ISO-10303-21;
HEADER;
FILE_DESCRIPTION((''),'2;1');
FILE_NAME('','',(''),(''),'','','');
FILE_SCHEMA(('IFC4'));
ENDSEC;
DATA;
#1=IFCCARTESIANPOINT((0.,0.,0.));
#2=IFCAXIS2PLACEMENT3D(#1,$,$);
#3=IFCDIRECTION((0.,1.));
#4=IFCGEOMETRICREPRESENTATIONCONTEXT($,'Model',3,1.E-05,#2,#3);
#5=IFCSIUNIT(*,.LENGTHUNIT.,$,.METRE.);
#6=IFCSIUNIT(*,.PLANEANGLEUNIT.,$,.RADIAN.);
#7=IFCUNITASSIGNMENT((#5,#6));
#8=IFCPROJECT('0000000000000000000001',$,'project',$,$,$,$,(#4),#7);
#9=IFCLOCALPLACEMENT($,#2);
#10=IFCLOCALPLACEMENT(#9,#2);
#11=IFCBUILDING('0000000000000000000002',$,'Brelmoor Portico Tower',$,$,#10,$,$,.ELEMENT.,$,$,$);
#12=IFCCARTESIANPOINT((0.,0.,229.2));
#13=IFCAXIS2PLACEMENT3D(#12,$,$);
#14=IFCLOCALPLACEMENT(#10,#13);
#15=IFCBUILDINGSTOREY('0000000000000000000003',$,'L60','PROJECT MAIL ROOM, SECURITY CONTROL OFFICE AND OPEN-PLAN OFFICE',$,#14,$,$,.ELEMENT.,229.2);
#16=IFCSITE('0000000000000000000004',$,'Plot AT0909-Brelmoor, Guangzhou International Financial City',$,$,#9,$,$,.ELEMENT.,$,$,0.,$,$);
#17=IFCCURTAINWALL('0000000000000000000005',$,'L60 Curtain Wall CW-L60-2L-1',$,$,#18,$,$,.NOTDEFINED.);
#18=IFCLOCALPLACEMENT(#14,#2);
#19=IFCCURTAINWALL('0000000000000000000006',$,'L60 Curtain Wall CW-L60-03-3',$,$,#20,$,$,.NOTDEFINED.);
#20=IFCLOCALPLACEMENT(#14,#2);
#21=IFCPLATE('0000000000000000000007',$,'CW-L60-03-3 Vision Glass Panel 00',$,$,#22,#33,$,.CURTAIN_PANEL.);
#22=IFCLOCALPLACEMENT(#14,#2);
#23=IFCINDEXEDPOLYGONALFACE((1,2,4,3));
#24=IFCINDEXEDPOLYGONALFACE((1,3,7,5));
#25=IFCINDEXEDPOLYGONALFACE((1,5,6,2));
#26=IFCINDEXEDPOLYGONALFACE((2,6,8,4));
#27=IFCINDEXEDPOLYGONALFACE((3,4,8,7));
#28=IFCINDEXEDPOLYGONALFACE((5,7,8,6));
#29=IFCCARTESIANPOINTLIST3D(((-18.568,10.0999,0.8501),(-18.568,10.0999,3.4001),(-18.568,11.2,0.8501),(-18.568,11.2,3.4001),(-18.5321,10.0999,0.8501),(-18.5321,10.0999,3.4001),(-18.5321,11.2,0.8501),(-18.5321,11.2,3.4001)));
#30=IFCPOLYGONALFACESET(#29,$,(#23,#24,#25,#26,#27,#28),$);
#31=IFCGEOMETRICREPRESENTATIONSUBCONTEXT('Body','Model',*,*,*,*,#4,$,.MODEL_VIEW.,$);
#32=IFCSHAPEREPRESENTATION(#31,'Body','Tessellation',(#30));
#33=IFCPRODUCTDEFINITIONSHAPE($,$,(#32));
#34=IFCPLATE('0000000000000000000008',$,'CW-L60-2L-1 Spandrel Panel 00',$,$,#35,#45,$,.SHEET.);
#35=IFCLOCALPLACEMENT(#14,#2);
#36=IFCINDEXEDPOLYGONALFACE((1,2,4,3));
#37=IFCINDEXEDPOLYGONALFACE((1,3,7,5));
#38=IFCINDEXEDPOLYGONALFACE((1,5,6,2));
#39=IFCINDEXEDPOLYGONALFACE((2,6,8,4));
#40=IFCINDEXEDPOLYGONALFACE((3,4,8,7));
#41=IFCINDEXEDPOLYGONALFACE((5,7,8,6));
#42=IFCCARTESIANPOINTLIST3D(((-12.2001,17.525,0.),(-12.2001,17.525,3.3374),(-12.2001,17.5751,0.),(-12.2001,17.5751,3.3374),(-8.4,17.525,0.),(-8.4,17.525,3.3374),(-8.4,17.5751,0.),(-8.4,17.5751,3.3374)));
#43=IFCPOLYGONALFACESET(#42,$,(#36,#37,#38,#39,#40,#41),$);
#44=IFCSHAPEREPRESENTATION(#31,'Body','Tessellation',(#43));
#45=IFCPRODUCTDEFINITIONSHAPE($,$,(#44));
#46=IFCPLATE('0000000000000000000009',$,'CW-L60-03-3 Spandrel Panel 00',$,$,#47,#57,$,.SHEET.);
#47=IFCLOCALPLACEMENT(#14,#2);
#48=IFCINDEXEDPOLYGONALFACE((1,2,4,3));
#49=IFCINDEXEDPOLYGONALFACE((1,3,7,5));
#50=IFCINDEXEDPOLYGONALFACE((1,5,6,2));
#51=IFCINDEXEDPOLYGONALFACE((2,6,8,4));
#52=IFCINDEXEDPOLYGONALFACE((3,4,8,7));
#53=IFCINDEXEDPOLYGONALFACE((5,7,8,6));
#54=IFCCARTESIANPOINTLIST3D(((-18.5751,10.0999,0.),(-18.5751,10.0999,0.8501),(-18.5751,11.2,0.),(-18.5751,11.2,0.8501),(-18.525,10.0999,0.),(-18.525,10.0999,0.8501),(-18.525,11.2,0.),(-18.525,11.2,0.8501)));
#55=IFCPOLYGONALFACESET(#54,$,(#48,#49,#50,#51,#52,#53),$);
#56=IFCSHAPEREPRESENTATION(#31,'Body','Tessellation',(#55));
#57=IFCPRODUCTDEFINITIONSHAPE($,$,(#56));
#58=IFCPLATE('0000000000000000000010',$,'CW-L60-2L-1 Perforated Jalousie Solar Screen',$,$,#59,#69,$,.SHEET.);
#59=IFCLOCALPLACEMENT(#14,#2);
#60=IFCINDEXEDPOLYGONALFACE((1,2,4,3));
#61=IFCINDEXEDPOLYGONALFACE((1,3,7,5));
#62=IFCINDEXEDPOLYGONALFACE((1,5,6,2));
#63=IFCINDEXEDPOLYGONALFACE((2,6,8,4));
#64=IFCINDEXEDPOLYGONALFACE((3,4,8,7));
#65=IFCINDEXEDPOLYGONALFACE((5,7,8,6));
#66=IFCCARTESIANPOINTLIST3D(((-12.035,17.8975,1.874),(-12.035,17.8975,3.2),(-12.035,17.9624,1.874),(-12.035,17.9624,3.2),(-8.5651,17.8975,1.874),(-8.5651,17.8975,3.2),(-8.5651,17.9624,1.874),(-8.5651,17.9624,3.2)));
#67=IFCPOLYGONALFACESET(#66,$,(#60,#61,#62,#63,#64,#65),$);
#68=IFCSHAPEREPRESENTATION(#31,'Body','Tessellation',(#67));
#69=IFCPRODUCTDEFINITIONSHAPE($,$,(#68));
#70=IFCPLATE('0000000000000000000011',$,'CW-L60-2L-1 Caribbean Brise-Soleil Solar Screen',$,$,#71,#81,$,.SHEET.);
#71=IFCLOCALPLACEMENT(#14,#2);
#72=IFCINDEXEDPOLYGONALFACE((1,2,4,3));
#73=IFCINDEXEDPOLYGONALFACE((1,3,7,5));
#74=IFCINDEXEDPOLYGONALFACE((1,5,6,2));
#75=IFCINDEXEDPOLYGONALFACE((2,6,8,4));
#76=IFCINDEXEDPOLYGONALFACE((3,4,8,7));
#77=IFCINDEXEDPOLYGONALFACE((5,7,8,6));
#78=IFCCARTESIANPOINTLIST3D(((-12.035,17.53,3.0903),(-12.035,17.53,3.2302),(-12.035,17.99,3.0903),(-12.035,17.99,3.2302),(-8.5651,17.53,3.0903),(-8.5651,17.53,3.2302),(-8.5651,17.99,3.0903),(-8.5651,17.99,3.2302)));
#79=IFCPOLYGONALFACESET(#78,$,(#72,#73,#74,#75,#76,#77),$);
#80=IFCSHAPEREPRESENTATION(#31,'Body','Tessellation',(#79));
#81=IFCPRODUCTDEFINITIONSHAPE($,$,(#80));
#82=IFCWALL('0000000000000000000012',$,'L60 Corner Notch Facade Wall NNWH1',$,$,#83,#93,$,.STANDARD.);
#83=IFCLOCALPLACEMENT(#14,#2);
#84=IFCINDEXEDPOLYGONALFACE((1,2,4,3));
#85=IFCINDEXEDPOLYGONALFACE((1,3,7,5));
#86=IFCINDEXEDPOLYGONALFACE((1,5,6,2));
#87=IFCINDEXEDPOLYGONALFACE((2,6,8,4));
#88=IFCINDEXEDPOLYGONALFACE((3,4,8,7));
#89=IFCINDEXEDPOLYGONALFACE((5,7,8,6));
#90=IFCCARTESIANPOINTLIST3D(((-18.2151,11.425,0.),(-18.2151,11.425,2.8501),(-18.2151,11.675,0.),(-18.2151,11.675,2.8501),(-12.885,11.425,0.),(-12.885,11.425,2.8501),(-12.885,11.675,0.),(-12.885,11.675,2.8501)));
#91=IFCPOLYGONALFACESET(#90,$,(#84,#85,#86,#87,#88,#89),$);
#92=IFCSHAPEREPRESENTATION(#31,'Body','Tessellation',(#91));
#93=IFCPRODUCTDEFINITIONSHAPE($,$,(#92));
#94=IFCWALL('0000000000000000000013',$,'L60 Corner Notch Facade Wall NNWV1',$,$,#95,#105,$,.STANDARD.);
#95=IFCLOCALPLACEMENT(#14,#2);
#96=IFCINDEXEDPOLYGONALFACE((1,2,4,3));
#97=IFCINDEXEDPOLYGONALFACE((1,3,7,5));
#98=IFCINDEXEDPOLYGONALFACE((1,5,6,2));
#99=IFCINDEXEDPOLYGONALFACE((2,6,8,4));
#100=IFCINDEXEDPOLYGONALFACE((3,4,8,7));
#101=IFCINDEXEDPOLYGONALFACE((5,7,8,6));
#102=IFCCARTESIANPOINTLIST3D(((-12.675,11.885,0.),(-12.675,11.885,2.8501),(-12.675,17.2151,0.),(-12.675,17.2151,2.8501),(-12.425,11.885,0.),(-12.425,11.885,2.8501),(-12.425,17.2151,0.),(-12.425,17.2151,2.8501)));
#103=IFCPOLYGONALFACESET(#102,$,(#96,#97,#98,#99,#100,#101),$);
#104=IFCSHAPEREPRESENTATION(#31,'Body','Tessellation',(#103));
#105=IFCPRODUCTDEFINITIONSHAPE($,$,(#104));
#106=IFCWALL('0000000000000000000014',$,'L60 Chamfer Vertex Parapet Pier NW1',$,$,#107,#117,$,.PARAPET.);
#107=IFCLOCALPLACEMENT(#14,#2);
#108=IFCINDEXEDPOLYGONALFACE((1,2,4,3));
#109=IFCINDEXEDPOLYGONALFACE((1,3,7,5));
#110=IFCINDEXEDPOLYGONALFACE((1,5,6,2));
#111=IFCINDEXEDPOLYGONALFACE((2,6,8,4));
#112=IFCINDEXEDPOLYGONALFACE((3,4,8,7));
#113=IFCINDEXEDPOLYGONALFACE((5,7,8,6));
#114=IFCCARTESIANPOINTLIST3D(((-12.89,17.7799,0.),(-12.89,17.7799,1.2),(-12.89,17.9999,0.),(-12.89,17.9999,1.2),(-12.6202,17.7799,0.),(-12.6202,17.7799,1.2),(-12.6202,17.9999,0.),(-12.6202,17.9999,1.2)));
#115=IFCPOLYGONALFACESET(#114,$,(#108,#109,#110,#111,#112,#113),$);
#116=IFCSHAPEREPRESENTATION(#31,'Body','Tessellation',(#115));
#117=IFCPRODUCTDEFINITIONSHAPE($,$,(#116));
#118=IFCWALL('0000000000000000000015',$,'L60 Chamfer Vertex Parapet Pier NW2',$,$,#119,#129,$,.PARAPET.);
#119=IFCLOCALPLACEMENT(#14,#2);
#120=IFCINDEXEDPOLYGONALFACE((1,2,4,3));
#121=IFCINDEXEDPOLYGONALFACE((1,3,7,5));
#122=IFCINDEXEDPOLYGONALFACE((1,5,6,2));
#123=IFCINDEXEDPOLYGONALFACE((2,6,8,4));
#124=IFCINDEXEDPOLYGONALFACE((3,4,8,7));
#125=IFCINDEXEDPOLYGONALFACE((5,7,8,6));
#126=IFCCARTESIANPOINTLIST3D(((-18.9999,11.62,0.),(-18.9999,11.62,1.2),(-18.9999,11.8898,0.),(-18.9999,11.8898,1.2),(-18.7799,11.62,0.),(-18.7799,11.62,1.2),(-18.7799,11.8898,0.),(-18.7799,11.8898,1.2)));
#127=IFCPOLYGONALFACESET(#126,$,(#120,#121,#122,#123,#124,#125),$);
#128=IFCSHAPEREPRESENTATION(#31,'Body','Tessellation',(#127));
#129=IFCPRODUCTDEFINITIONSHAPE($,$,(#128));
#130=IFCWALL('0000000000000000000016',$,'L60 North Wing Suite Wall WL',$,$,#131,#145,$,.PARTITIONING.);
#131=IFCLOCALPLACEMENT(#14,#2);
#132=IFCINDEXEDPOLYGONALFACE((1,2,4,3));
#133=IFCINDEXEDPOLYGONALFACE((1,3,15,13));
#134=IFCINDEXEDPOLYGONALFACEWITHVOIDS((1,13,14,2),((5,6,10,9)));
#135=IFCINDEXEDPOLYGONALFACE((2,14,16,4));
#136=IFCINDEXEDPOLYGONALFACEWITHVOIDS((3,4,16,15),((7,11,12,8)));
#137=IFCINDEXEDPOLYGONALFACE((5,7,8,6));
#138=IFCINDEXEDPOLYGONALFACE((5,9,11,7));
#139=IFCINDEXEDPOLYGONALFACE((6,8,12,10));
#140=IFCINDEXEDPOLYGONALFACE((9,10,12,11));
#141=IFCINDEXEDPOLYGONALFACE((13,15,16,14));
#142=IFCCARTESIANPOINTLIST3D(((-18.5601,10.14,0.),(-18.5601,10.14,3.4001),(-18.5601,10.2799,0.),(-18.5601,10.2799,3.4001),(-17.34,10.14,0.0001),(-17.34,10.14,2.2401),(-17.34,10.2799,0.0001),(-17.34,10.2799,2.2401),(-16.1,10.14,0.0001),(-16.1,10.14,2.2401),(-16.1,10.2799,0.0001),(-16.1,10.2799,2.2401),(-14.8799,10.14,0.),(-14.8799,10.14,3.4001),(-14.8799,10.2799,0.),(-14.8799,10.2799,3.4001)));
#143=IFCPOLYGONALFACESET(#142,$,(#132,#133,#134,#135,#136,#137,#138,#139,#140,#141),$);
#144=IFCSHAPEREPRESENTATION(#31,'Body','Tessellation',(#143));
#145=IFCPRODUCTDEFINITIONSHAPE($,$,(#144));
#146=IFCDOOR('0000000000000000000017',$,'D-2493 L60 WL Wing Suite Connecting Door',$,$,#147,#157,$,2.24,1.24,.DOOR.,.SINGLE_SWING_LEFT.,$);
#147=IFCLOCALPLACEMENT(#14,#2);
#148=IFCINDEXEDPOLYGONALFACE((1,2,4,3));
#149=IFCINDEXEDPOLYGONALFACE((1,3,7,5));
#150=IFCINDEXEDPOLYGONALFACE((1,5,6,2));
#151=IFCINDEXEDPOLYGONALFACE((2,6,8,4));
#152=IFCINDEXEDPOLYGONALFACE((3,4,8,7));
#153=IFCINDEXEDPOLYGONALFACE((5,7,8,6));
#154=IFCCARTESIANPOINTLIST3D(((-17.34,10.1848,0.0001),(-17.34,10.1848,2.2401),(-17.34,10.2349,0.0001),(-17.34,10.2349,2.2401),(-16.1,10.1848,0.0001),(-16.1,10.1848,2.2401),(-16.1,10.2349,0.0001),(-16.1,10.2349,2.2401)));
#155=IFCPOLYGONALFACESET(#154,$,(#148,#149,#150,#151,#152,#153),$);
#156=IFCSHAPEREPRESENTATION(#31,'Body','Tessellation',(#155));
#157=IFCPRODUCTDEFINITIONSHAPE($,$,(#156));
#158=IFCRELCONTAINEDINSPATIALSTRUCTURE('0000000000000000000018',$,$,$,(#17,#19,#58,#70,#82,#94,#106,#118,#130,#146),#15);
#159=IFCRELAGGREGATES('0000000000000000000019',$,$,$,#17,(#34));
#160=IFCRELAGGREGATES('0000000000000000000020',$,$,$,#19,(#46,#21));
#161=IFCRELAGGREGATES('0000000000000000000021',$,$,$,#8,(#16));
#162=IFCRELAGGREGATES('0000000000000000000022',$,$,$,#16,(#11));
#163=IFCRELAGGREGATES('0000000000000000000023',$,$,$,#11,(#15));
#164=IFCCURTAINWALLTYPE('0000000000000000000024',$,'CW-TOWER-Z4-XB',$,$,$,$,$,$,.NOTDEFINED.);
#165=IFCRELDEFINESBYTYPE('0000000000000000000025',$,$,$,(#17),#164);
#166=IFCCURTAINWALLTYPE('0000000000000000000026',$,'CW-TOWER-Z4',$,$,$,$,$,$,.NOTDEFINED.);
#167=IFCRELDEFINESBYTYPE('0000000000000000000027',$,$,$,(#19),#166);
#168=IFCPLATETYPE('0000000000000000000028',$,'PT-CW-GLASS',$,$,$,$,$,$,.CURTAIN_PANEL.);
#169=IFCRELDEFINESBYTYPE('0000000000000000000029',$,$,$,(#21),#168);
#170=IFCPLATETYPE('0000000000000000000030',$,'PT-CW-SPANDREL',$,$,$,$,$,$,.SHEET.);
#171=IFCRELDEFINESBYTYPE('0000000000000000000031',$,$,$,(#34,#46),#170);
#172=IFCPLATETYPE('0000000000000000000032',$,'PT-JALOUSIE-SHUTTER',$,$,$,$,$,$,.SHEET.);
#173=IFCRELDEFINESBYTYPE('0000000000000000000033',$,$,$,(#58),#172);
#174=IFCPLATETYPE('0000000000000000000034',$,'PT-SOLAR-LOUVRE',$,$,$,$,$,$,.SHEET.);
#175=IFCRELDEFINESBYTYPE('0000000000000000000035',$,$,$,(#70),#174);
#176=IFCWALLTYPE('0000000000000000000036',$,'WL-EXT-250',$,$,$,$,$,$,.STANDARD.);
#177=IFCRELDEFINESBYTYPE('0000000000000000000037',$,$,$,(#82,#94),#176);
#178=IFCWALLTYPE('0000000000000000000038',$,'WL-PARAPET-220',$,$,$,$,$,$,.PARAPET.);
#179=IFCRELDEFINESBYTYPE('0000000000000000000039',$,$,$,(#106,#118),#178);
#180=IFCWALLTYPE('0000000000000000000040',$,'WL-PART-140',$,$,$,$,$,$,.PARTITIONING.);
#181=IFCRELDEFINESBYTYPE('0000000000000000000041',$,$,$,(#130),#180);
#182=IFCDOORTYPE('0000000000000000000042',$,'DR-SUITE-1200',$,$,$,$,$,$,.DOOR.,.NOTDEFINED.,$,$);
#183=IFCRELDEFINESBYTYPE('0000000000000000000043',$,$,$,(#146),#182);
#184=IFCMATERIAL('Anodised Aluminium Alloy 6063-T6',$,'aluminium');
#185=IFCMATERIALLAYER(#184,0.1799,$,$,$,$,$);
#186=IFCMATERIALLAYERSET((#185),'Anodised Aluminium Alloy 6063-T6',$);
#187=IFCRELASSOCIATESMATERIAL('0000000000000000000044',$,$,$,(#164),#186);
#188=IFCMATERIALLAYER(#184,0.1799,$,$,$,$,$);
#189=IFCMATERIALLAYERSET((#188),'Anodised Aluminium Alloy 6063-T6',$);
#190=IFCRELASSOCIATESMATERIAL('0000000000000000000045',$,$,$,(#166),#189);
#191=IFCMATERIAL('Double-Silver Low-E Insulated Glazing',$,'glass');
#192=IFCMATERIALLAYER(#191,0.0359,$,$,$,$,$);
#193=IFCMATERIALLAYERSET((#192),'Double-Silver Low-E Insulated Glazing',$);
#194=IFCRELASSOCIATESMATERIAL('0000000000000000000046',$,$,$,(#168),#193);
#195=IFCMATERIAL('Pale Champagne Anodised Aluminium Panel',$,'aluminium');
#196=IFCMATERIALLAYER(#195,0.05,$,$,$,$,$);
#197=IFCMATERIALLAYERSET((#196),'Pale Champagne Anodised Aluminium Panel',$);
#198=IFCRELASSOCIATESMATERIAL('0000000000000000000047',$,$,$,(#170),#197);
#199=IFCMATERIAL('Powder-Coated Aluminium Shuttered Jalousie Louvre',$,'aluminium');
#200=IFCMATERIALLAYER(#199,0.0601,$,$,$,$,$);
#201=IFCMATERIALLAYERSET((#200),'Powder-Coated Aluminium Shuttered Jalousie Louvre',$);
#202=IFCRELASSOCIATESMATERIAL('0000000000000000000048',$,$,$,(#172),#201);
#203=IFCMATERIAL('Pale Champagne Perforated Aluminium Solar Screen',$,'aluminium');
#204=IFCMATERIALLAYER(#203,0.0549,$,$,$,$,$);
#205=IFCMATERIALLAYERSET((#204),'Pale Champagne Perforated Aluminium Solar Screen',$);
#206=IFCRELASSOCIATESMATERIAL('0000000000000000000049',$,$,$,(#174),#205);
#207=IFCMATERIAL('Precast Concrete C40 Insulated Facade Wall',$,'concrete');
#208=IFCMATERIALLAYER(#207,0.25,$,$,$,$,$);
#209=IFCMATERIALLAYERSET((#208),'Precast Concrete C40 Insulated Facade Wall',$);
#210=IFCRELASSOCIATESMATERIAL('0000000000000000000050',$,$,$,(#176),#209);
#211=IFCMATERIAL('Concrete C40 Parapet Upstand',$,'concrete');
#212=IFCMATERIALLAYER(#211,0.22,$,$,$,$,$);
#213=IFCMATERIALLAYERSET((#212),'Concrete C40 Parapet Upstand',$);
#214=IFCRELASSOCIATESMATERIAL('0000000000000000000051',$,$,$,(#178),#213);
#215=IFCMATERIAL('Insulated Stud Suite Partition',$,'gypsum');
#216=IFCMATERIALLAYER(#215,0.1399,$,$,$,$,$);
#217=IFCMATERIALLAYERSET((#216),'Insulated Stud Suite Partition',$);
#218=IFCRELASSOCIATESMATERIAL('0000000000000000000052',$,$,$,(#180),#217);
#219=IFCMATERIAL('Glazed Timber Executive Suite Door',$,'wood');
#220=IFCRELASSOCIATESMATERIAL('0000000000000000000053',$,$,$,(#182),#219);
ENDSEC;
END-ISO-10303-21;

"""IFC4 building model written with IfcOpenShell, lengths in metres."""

from ifc_helpers import new_model, si_unit, direction, frame, frame_2d, origin, origin_2d, place, context, subcontext, project, spatial, rectangle, extrude, material, layer, layer_set, type_object, element, fill, aggregate, save


model = new_model("IFC4")

# Units and contexts
model_context = context("Model", 3, precision=1e-05, world=origin(), true_north=direction((0.0, 1.0)))
body_context = subcontext(model_context, "Body", "Model", "MODEL_VIEW")
ifc_project = project(units=[si_unit("LENGTHUNIT", "METRE"), si_unit("PLANEANGLEUNIT", "RADIAN")], contexts=[model_context])

# Site, building, storey
site_placement = place(None, origin())
site = spatial("IfcSite", under=ifc_project, at=site_placement, Name="Plot AT0909-Brelmoor, Guangzhou International Financial City", CompositionType="ELEMENT", RefElevation=0.0)
building_placement = place(site_placement, origin())
building = spatial("IfcBuilding", under=site, at=building_placement, Name="Brelmoor Portico Tower", CompositionType="ELEMENT")
storey_placement = place(building_placement, frame((0.0, 0.0, 229.2)))
storey = spatial("IfcBuildingStorey", under=building, at=storey_placement, Name="L60", Description="PROJECT MAIL ROOM, SECURITY CONTROL OFFICE AND OPEN-PLAN OFFICE", CompositionType="ELEMENT", Elevation=229.2)

# Curtain wall
ifc_material_1 = material(Name="Anodised Aluminium Alloy 6063-T6", Category="aluminium")
ifc_layer_1 = layer(ifc_material_1, 0.1799)
ifc_layer_set_1 = layer_set([ifc_layer_1], Name="Anodised Aluminium Alloy 6063-T6")
curtain_wall_type_1 = type_object("IfcCurtainWallType", Name="CW-TOWER-Z4-XB", PredefinedType="NOTDEFINED", material=ifc_layer_set_1)
curtain_wall_1_placement = place(storey_placement, origin())
curtain_wall_1 = element("IfcCurtainWall", 1, at=curtain_wall_1_placement, inside=storey, type_object=curtain_wall_type_1, Name="L60 Curtain Wall CW-L60-2L-1", PredefinedType="NOTDEFINED")

# Curtain wall
ifc_layer_2 = layer(ifc_material_1, 0.1799)
ifc_layer_set_2 = layer_set([ifc_layer_2], Name="Anodised Aluminium Alloy 6063-T6")
curtain_wall_type_2 = type_object("IfcCurtainWallType", Name="CW-TOWER-Z4", PredefinedType="NOTDEFINED", material=ifc_layer_set_2)
curtain_wall_2_placement = place(storey_placement, origin())
curtain_wall_2 = element("IfcCurtainWall", 2, at=curtain_wall_2_placement, inside=storey, type_object=curtain_wall_type_2, Name="L60 Curtain Wall CW-L60-03-3", PredefinedType="NOTDEFINED")

# Plates
ifc_material_2 = material(Name="Double-Silver Low-E Insulated Glazing", Category="glass")
ifc_layer_3 = layer(ifc_material_2, 0.0359)
ifc_layer_set_3 = layer_set([ifc_layer_3], Name="Double-Silver Low-E Insulated Glazing")
plate_type_1 = type_object("IfcPlateType", Name="PT-CW-GLASS", PredefinedType="CURTAIN_PANEL", material=ifc_layer_set_3)
plate_1_placement = place(storey_placement, frame((-18.55, 10.6499, 0.8501), z_axis=(0.0, 0.0, 1.0), x_axis=(0.0, 1.0, 0.0)))
plate_1 = element("IfcPlate", 3, at=plate_1_placement, type_object=plate_type_1, Name="CW-L60-03-3 Vision Glass Panel 00", PredefinedType="CURTAIN_PANEL", context=body_context, shape_type="SweptSolid", body=[
    extrude(rectangle(XDim=1.1001, YDim=0.0359, at=origin_2d()), origin(), (0.0, 0.0, 1.0), 2.55),
])
ifc_material_3 = material(Name="Pale Champagne Anodised Aluminium Panel", Category="aluminium")
ifc_layer_4 = layer(ifc_material_3, 0.05)
ifc_layer_set_4 = layer_set([ifc_layer_4], Name="Pale Champagne Anodised Aluminium Panel")
plate_type_2 = type_object("IfcPlateType", Name="PT-CW-SPANDREL", PredefinedType="SHEET", material=ifc_layer_set_4)
plate_2_placement = place(storey_placement, frame((-10.3, 17.55, 0.0), z_axis=(0.0, 0.0, 1.0), x_axis=(1.0, 0.0, 0.0)))
plate_2 = element("IfcPlate", 4, at=plate_2_placement, type_object=plate_type_2, Name="CW-L60-2L-1 Spandrel Panel 00", PredefinedType="SHEET", context=body_context, shape_type="SweptSolid", body=[
    extrude(rectangle(XDim=3.8, YDim=0.05, at=origin_2d()), origin(), (0.0, 0.0, 1.0), 3.3374),
])
aggregate(curtain_wall_1, [plate_2])
plate_3_placement = place(storey_placement, frame((-18.55, 10.6499, 0.0), z_axis=(0.0, 0.0, 1.0), x_axis=(0.0, 1.0, 0.0)))
plate_3 = element("IfcPlate", 5, at=plate_3_placement, type_object=plate_type_2, Name="CW-L60-03-3 Spandrel Panel 00", PredefinedType="SHEET", context=body_context, shape_type="SweptSolid", body=[
    extrude(rectangle(XDim=1.1001, YDim=0.05, at=origin_2d()), origin(), (0.0, 0.0, 1.0), 0.8501),
])
aggregate(curtain_wall_2, [plate_3, plate_1])

# Plates
ifc_material_4 = material(Name="Powder-Coated Aluminium Shuttered Jalousie Louvre", Category="aluminium")
ifc_layer_5 = layer(ifc_material_4, 0.0601)
ifc_layer_set_5 = layer_set([ifc_layer_5], Name="Powder-Coated Aluminium Shuttered Jalousie Louvre")
plate_type_3 = type_object("IfcPlateType", Name="PT-JALOUSIE-SHUTTER", PredefinedType="SHEET", material=ifc_layer_set_5)
plate_4_placement = place(storey_placement, frame((-10.3, 17.9299, 1.874), z_axis=(0.0, 0.0, 1.0), x_axis=(1.0, 0.0, 0.0)))
element("IfcPlate", 6, at=plate_4_placement, inside=storey, type_object=plate_type_3, Name="CW-L60-2L-1 Perforated Jalousie Solar Screen", PredefinedType="SHEET", context=body_context, shape_type="SweptSolid", body=[
    extrude(rectangle(XDim=3.47, YDim=0.0649, at=origin_2d()), origin(), (0.0, 0.0, 1.0), 1.3259),
])
ifc_material_5 = material(Name="Pale Champagne Perforated Aluminium Solar Screen", Category="aluminium")
ifc_layer_6 = layer(ifc_material_5, 0.0549)
ifc_layer_set_6 = layer_set([ifc_layer_6], Name="Pale Champagne Perforated Aluminium Solar Screen")
plate_type_4 = type_object("IfcPlateType", Name="PT-SOLAR-LOUVRE", PredefinedType="SHEET", material=ifc_layer_set_6)
plate_5_placement = place(storey_placement, frame((-10.3, 17.76, 3.0903), z_axis=(0.0, 0.0, 1.0), x_axis=(1.0, 0.0, 0.0)))
element("IfcPlate", 7, at=plate_5_placement, inside=storey, type_object=plate_type_4, Name="CW-L60-2L-1 Caribbean Brise-Soleil Solar Screen", PredefinedType="SHEET", context=body_context, shape_type="SweptSolid", body=[
    extrude(rectangle(XDim=3.47, YDim=0.46, at=origin_2d()), origin(), (0.0, 0.0, 1.0), 0.1399),
])

# Walls
ifc_material_6 = material(Name="Precast Concrete C40 Insulated Facade Wall", Category="concrete")
ifc_layer_7 = layer(ifc_material_6, 0.25)
ifc_layer_set_7 = layer_set([ifc_layer_7], Name="Precast Concrete C40 Insulated Facade Wall")
wall_type_1 = type_object("IfcWallType", Name="WL-EXT-250", PredefinedType="STANDARD", material=ifc_layer_set_7)
for number, where, z_axis, x_axis, name in (
    (8, (-18.2151, 11.55, 0.0), (0.0, 0.0, 1.0), (1.0, 0.0, 0.0), "L60 Corner Notch Facade Wall NNWH1"),
    (9, (-12.55, 11.885, 0.0), (0.0, 0.0, 1.0), (0.0, 1.0, 0.0), "L60 Corner Notch Facade Wall NNWV1"),
):
    element("IfcWall", number, at=place(storey_placement, frame(where, z_axis=z_axis, x_axis=x_axis)), inside=storey, type_object=wall_type_1, Name=name, PredefinedType="STANDARD", context=body_context, shape_type="SweptSolid", body=[
        extrude(rectangle(XDim=5.3301, YDim=0.25, at=frame_2d((2.665, 0.0))), origin(), (0.0, 0.0, 1.0), 2.8501),
    ])
ifc_material_7 = material(Name="Concrete C40 Parapet Upstand", Category="concrete")
ifc_layer_8 = layer(ifc_material_7, 0.22)
ifc_layer_set_8 = layer_set([ifc_layer_8], Name="Concrete C40 Parapet Upstand")
wall_type_2 = type_object("IfcWallType", Name="WL-PARAPET-220", PredefinedType="PARAPET", material=ifc_layer_set_8)
for number, where, z_axis, x_axis, name in (
    (10, (-12.8899, 17.8899, 0.0), (0.0, 0.0, 1.0), (1.0, 0.0, 0.0), "L60 Chamfer Vertex Parapet Pier NW1"),
    (11, (-18.8899, 11.6201, 0.0), (0.0, 0.0, 1.0), (0.0, 1.0, 0.0), "L60 Chamfer Vertex Parapet Pier NW2"),
):
    element("IfcWall", number, at=place(storey_placement, frame(where, z_axis=z_axis, x_axis=x_axis)), inside=storey, type_object=wall_type_2, Name=name, PredefinedType="PARAPET", context=body_context, shape_type="SweptSolid", body=[
        extrude(rectangle(XDim=0.2698, YDim=0.22, at=frame_2d((0.1348, 0.0))), origin(), (0.0, 0.0, 1.0), 1.2),
    ])

# Wall, opening, door
ifc_material_8 = material(Name="Insulated Stud Suite Partition", Category="gypsum")
ifc_layer_9 = layer(ifc_material_8, 0.1399)
ifc_layer_set_9 = layer_set([ifc_layer_9], Name="Insulated Stud Suite Partition")
wall_type_3 = type_object("IfcWallType", Name="WL-PART-140", PredefinedType="PARTITIONING", material=ifc_layer_set_9)
wall_placement = place(storey_placement, frame((-18.5601, 10.21, 0.0), z_axis=(0.0, 0.0, 1.0), x_axis=(1.0, 0.0, 0.0)))
wall = element("IfcWall", 12, at=wall_placement, inside=storey, type_object=wall_type_3, Name="L60 North Wing Suite Wall WL", PredefinedType="PARTITIONING", context=body_context, shape_type="SweptSolid", body=[
    extrude(rectangle(XDim=3.6802, YDim=0.1399, at=frame_2d((1.8401, 0.0))), origin(), (0.0, 0.0, 1.0), 3.4001),
])
opening_placement = place(wall_placement, frame((1.22, 0.0, 0.0)))
opening = element("IfcOpeningElement", 13, at=opening_placement, cuts=wall, PredefinedType="OPENING", context=body_context, shape_type="SweptSolid", body=[
    extrude(rectangle(XDim=1.24, YDim=2.24, at=frame_2d((0.6201, 1.1201))), frame((0.0, 0.0798, 0.0), z_axis=(0.0, -1.0, 0.0), x_axis=(1.0, 0.0, 0.0)), (0.0, 0.0, 1.0), 0.1599),
])
ifc_material_9 = material(Name="Glazed Timber Executive Suite Door", Category="wood")
door_type = type_object("IfcDoorType", Name="DR-SUITE-1200", OperationType="NOTDEFINED", PredefinedType="DOOR", material=ifc_material_9)
door_placement = place(opening_placement, origin())
door = element("IfcDoor", 14, at=door_placement, inside=storey, type_object=door_type, Name="D-2493 L60 WL Wing Suite Connecting Door", OperationType="SINGLE_SWING_LEFT", OverallHeight=2.24, OverallWidth=1.24, PredefinedType="DOOR", context=body_context, shape_type="SweptSolid", body=[
    extrude(rectangle(XDim=1.24, YDim=2.24, at=frame_2d((0.6201, 1.1201))), frame((0.0, 0.0249, 0.0), z_axis=(0.0, -1.0, 0.0), x_axis=(1.0, 0.0, 0.0)), (0.0, 0.0, 1.0), 0.05),
])
fill(opening, door)

save(model, "model.ifc")
